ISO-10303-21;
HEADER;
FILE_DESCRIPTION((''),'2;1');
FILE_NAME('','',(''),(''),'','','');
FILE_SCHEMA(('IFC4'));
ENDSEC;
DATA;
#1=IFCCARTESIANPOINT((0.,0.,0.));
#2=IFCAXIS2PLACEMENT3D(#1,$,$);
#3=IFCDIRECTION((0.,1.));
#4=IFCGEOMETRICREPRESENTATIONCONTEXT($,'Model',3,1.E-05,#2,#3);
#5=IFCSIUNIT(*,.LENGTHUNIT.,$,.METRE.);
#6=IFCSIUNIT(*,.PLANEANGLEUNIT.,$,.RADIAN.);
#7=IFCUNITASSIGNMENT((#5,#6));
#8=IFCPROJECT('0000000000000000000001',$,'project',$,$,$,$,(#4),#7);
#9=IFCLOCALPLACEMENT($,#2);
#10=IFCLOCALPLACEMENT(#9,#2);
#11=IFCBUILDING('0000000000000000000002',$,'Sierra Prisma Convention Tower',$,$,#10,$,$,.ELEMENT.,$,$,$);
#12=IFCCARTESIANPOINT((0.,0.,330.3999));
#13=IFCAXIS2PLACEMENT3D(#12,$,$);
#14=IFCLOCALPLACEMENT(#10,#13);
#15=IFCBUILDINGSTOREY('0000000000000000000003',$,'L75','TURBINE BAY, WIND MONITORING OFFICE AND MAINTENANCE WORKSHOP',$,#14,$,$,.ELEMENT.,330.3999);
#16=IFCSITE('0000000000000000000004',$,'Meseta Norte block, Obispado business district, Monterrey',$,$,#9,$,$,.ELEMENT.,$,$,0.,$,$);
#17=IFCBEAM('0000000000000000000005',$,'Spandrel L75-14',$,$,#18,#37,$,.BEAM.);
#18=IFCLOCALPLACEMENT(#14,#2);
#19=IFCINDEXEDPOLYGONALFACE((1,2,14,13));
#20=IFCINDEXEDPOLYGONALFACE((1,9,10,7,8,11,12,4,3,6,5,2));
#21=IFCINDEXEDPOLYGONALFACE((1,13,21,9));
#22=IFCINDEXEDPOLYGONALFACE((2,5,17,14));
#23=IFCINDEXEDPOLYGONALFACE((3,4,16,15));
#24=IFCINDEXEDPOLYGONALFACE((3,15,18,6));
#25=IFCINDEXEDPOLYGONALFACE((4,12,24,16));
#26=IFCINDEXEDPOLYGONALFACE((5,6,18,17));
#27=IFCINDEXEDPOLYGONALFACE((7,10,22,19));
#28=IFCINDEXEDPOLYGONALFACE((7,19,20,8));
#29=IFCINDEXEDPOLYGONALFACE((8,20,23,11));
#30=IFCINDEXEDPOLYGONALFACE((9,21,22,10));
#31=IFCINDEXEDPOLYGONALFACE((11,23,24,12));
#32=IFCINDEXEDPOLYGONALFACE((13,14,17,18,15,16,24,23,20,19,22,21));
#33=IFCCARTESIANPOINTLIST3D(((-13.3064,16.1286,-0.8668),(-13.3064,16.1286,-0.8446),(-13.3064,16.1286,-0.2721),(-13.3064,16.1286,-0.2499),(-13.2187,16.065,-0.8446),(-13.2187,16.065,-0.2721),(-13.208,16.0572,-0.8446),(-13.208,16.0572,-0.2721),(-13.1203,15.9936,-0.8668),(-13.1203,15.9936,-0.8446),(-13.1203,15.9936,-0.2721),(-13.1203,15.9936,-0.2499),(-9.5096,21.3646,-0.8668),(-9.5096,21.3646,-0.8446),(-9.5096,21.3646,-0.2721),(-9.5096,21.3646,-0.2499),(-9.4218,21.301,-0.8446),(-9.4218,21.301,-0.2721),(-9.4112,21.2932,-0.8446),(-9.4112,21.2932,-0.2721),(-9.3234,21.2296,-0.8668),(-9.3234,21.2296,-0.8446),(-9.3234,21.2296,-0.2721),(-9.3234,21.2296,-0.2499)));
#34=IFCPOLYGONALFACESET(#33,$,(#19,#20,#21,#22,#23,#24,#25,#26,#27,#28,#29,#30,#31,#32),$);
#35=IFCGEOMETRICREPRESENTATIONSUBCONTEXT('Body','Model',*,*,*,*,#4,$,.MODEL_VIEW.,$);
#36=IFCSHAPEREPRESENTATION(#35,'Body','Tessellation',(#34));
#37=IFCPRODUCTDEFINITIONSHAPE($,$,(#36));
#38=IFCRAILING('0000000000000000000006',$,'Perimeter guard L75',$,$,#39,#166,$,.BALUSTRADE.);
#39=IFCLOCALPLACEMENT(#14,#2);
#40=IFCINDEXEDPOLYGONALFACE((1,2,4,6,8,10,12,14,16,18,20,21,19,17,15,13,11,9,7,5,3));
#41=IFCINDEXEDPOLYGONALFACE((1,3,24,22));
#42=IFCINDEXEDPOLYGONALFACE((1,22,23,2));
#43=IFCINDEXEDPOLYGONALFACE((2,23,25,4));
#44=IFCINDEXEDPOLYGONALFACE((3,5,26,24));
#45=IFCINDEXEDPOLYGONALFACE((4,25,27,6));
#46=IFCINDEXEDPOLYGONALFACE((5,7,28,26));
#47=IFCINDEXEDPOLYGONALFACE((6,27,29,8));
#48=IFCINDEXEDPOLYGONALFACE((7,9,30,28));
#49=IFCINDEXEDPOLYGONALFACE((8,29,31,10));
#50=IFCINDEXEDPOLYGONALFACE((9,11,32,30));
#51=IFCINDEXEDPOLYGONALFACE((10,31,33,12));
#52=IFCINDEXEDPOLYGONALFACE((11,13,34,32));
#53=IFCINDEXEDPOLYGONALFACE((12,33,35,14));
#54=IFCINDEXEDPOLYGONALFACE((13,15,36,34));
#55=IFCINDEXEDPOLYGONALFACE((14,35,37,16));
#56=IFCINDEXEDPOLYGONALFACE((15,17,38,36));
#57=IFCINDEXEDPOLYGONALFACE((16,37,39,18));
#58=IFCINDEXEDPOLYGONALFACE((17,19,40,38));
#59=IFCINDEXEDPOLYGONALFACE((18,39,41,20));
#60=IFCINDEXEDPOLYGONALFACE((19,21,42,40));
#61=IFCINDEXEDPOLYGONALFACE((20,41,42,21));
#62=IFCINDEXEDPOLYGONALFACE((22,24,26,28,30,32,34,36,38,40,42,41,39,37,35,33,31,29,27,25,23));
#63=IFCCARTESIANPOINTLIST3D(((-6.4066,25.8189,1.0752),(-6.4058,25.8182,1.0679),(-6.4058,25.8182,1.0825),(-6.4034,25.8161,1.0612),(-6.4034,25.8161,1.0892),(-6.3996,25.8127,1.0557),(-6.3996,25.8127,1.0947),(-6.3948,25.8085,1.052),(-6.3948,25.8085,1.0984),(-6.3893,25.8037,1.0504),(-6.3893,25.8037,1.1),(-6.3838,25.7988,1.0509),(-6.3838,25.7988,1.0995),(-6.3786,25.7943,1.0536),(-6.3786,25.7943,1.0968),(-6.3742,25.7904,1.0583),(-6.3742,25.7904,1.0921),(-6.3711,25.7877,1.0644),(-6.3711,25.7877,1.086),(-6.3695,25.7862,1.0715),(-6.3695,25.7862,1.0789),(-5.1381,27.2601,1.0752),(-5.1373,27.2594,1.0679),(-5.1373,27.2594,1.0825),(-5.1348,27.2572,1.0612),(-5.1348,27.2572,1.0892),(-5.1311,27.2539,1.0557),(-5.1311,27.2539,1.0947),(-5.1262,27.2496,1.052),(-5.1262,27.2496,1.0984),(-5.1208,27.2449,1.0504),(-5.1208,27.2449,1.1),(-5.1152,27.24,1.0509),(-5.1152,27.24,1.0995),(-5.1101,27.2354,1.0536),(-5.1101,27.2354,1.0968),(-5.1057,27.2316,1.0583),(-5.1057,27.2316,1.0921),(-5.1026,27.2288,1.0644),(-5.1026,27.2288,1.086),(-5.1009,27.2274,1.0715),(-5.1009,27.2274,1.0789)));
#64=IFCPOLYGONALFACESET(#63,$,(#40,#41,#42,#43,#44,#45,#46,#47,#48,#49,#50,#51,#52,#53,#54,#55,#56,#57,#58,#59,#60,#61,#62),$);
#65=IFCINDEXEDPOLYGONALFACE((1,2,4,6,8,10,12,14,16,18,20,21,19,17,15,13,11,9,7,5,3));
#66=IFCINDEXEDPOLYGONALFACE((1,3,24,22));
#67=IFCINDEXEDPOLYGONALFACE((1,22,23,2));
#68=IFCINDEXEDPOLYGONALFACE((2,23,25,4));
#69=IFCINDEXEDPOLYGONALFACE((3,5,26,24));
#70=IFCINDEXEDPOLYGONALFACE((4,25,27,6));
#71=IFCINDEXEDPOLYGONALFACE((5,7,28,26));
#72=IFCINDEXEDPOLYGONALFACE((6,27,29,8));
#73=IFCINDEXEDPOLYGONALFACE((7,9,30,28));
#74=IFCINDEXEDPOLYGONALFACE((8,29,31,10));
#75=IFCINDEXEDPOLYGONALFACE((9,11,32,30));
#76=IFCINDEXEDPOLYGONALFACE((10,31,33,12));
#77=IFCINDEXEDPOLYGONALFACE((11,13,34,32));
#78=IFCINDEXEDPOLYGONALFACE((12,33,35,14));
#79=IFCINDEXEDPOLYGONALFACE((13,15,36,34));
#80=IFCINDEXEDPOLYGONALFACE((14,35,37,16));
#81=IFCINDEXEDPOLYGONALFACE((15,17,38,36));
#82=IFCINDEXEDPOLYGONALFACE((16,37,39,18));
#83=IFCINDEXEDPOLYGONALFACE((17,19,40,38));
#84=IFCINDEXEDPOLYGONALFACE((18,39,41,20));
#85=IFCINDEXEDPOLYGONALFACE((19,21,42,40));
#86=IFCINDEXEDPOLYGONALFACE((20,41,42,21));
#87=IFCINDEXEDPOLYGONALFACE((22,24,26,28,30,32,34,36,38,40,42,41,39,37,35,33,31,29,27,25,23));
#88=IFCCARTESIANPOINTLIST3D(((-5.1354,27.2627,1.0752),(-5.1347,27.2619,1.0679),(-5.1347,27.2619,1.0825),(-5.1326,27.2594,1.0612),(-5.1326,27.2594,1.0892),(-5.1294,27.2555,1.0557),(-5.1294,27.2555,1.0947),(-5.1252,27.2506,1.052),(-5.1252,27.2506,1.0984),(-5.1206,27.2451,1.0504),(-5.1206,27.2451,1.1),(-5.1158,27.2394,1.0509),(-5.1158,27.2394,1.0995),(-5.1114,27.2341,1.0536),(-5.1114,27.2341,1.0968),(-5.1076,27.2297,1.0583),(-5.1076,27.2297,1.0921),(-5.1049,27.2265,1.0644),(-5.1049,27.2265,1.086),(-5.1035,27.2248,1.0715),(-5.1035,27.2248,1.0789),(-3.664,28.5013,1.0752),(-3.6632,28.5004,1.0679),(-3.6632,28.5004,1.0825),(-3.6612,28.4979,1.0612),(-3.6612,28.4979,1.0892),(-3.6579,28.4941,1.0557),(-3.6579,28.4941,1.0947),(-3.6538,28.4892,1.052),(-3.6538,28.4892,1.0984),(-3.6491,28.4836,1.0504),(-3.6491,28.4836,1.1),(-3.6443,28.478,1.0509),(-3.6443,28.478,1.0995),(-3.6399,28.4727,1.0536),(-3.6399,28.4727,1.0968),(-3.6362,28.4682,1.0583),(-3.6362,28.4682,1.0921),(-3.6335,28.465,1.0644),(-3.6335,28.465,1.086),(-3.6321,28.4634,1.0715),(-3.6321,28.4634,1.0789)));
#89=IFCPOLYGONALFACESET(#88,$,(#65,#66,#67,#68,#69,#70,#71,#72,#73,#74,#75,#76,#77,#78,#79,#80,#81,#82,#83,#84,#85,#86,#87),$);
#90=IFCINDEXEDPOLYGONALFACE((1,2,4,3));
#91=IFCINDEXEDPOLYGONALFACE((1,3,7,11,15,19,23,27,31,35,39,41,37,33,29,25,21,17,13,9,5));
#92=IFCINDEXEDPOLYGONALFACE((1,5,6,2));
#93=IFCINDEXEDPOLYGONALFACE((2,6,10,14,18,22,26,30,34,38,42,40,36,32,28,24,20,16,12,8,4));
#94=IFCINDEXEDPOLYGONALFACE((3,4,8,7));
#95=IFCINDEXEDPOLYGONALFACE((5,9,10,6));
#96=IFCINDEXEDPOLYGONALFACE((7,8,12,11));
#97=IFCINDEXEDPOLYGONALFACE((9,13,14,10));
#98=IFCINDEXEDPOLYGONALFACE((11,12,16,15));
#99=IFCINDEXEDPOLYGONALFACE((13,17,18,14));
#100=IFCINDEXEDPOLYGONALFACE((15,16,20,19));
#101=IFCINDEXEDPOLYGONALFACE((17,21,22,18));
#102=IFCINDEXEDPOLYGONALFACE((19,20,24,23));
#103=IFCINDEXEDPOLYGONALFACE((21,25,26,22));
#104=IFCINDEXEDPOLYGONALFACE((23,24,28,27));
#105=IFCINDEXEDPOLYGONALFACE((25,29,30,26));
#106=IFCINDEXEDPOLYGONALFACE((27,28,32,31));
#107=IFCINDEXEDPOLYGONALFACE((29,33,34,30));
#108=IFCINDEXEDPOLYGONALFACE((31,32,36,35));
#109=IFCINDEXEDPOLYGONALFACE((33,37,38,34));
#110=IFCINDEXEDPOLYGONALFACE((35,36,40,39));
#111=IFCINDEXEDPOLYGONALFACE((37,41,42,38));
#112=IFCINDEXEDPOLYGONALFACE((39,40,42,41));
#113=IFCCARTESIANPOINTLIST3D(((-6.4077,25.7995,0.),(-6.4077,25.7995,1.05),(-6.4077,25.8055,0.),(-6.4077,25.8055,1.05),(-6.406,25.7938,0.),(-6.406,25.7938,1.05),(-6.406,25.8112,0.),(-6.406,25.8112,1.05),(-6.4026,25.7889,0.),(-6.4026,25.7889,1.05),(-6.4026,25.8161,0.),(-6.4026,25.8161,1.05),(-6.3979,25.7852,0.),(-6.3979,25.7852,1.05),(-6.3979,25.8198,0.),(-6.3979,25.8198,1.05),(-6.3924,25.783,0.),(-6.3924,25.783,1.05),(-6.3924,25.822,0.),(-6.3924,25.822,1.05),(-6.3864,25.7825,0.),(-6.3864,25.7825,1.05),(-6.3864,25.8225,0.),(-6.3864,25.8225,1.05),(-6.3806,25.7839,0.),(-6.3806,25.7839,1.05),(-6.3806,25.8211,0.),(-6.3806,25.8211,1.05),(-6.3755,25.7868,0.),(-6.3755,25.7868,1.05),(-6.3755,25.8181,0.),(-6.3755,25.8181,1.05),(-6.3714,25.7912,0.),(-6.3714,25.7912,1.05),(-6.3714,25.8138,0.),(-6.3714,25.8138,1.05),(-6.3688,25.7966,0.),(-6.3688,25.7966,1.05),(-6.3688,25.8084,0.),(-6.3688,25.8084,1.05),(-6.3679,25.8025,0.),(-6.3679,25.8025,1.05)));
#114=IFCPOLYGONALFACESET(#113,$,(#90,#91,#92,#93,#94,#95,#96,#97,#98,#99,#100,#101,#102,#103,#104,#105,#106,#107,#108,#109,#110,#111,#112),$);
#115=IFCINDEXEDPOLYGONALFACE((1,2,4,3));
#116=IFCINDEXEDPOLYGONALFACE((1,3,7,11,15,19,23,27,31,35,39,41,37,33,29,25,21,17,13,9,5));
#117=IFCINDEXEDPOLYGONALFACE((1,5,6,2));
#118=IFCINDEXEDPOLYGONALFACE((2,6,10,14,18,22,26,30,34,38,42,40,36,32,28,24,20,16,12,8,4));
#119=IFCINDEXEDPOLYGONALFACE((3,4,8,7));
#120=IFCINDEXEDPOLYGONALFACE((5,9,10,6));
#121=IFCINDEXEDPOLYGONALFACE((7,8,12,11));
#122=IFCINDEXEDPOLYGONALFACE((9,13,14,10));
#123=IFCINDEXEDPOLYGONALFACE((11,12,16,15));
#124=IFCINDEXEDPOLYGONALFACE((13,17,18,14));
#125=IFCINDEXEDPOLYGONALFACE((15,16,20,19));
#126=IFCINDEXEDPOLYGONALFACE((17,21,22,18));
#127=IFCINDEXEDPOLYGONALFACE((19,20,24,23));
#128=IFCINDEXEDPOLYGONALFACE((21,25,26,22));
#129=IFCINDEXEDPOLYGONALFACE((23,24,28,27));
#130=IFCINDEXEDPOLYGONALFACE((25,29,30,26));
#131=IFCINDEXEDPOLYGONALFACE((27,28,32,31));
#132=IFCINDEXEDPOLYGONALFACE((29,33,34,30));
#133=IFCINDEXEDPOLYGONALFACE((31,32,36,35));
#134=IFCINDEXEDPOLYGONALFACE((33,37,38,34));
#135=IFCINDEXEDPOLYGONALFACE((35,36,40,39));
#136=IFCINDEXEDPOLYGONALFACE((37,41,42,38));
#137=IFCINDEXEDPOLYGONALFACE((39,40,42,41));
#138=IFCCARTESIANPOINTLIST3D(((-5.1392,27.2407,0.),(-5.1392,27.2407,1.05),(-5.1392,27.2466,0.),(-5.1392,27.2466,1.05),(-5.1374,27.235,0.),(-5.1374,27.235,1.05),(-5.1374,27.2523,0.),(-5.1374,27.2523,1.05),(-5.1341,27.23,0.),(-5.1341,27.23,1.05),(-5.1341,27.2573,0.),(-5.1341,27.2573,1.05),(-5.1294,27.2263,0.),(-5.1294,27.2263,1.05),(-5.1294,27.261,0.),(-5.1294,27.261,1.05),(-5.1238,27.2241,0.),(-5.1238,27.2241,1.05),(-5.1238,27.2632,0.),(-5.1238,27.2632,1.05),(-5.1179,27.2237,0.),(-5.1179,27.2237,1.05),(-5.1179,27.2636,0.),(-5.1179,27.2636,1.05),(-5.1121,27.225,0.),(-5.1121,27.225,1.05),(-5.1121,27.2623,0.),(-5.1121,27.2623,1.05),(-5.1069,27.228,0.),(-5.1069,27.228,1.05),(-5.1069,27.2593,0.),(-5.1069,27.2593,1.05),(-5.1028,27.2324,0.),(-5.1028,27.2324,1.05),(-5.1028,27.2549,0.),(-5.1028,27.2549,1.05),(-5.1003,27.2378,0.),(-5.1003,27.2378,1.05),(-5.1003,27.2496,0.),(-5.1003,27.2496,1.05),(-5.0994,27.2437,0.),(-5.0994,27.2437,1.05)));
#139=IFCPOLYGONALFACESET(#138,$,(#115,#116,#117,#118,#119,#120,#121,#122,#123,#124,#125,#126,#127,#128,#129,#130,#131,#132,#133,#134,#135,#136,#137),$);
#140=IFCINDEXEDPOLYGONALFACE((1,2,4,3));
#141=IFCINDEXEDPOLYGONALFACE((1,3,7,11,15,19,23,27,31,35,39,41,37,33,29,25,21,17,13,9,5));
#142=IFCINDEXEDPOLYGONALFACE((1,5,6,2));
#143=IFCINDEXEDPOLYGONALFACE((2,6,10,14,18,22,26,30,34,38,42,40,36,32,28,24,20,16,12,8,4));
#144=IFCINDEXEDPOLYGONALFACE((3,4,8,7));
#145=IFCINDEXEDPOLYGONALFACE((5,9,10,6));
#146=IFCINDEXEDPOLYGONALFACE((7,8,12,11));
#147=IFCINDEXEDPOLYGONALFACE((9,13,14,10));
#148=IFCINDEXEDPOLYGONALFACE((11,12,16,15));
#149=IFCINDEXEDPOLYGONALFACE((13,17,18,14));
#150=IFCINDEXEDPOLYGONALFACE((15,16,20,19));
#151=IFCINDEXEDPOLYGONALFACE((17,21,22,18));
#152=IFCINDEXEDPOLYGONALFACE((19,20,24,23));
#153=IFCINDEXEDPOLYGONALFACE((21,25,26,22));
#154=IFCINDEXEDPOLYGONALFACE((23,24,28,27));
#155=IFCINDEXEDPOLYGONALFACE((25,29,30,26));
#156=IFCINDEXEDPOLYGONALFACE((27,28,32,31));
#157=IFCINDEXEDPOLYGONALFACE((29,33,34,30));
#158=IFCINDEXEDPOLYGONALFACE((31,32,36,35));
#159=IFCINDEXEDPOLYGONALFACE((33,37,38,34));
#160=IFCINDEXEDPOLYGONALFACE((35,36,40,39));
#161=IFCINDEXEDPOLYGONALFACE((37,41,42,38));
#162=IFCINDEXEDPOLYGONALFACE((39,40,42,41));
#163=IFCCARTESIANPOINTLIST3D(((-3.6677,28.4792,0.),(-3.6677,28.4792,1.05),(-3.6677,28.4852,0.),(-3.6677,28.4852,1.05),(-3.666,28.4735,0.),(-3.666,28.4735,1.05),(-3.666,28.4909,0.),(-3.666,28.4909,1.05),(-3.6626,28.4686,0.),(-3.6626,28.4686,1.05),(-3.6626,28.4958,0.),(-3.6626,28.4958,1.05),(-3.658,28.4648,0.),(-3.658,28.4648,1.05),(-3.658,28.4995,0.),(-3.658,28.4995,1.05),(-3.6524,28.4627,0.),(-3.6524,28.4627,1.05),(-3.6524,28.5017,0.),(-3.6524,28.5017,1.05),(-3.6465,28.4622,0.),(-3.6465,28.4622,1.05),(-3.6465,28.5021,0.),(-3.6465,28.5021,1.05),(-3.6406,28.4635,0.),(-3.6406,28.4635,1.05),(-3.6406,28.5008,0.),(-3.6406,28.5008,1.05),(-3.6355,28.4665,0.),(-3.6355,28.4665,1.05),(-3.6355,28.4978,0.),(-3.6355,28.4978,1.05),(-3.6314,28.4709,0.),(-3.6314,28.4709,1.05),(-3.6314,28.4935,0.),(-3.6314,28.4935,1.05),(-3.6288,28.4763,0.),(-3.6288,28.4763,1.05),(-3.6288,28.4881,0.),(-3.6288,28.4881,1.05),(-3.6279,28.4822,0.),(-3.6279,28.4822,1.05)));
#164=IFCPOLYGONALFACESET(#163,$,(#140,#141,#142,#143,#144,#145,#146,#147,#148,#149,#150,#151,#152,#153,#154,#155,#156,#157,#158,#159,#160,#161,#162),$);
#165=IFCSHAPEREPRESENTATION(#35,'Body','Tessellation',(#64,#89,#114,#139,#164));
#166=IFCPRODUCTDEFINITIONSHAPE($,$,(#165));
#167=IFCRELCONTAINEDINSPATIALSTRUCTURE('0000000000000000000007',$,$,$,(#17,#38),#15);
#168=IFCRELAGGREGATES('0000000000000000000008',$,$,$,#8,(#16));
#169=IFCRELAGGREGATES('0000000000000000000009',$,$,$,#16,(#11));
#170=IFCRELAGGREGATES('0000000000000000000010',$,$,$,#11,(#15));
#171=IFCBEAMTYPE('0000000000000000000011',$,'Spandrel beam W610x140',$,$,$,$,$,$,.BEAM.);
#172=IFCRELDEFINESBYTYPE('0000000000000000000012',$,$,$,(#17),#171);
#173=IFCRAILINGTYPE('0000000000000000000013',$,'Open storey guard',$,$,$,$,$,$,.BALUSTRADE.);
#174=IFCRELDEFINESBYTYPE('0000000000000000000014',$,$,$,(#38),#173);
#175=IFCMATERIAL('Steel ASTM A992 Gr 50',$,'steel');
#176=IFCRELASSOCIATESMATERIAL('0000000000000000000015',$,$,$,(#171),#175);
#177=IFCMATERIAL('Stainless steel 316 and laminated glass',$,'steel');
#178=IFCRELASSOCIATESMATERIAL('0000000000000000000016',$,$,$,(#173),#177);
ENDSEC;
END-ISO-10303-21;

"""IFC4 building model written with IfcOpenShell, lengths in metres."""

from ifc_helpers import new_model, si_unit, direction, frame, origin, origin_2d, place, context, subcontext, project, spatial, circle, i_section, extrude, material, material_profile, profile_set, type_object, element, save


model = new_model("IFC4")

# Units and contexts
model_context = context("Model", 3, precision=1e-05, world=origin(), true_north=direction((0.0, 1.0)))
body_context = subcontext(model_context, "Body", "Model", "MODEL_VIEW")
ifc_project = project(units=[si_unit("LENGTHUNIT", "METRE"), si_unit("PLANEANGLEUNIT", "RADIAN")], contexts=[model_context])

# Site, building, storey
site_placement = place(None, origin())
site = spatial("IfcSite", under=ifc_project, at=site_placement, Name="Meseta Norte block, Obispado business district, Monterrey", CompositionType="ELEMENT", RefElevation=0.0)
building_placement = place(site_placement, origin())
building = spatial("IfcBuilding", under=site, at=building_placement, Name="Sierra Prisma Convention Tower", CompositionType="ELEMENT")
storey_placement = place(building_placement, frame((0.0, 0.0, 330.3999)))
storey = spatial("IfcBuildingStorey", under=building, at=storey_placement, Name="L75", Description="TURBINE BAY, WIND MONITORING OFFICE AND MAINTENANCE WORKSHOP", CompositionType="ELEMENT", Elevation=330.3999)

# Beam
ifc_material_1 = material(Name="Steel ASTM A992 Gr 50", Category="steel")
ifc_material_profile_1 = material_profile(ifc_material_1, i_section(OverallWidth=0.23, OverallDepth=0.6169, WebThickness=0.0132, FlangeThickness=0.0222, at=origin_2d()), Name="W610x140")
ifc_profile_set_1 = profile_set([ifc_material_profile_1], Name="Steel ASTM A992 Gr 50")
beam_type_1 = type_object("IfcBeamType", Name="Spandrel beam W610x140", PredefinedType="BEAM", material=ifc_profile_set_1)
beam_1_placement = place(storey_placement, frame((-9.4165, 21.2971, -0.5583), z_axis=(-0.58704, -0.809558, 0.0), x_axis=(0.809558, -0.58704, 0.0)))
element("IfcBeam", 1, at=beam_1_placement, inside=storey, type_object=beam_type_1, Name="Spandrel L75-14", PredefinedType="BEAM", context=body_context, shape_type="SweptSolid", body=[
    extrude(i_section(OverallWidth=0.23, OverallDepth=0.6169, WebThickness=0.0132, FlangeThickness=0.0222, at=origin_2d()), origin(), (0.0, 0.0, 1.0), 6.4678),
])

# Railing
ifc_material_2 = material(Name="Stainless steel 316 and laminated glass", Category="steel")
railing_type = type_object("IfcRailingType", Name="Open storey guard", PredefinedType="BALUSTRADE", material=ifc_material_2)
railing_1_placement = place(storey_placement, frame((-6.3879, 25.8025, 0.0)))
element("IfcRailing", 2, at=railing_1_placement, inside=storey, type_object=railing_type, Name="Perimeter guard L75", PredefinedType="BALUSTRADE", context=body_context, shape_type="SweptSolid", body=[
    extrude(circle(Radius=0.0249, at=origin_2d()), frame((0.0, 0.0, 1.0752), z_axis=(0.660725, 0.750628, 0.0), x_axis=(-0.750628, 0.660725, 0.0)), (0.0, 0.0, 1.0), 1.9199),
    extrude(circle(Radius=0.0249, at=origin_2d()), frame((1.2686, 1.4412, 1.0752), z_axis=(0.765059, 0.64396, 0.0), x_axis=(-0.64396, 0.765059, 0.0)), (0.0, 0.0, 1.0), 1.9233),
    extrude(circle(Radius=0.02, at=origin_2d()), origin(), (0.0, 0.0, 1.0), 1.05),
    extrude(circle(Radius=0.02, at=origin_2d()), frame((1.2686, 1.4412, 0.0)), (0.0, 0.0, 1.0), 1.05),
    extrude(circle(Radius=0.02, at=origin_2d()), frame((2.74, 2.6797, 0.0)), (0.0, 0.0, 1.0), 1.05),
])

save(model, "model.ifc")
